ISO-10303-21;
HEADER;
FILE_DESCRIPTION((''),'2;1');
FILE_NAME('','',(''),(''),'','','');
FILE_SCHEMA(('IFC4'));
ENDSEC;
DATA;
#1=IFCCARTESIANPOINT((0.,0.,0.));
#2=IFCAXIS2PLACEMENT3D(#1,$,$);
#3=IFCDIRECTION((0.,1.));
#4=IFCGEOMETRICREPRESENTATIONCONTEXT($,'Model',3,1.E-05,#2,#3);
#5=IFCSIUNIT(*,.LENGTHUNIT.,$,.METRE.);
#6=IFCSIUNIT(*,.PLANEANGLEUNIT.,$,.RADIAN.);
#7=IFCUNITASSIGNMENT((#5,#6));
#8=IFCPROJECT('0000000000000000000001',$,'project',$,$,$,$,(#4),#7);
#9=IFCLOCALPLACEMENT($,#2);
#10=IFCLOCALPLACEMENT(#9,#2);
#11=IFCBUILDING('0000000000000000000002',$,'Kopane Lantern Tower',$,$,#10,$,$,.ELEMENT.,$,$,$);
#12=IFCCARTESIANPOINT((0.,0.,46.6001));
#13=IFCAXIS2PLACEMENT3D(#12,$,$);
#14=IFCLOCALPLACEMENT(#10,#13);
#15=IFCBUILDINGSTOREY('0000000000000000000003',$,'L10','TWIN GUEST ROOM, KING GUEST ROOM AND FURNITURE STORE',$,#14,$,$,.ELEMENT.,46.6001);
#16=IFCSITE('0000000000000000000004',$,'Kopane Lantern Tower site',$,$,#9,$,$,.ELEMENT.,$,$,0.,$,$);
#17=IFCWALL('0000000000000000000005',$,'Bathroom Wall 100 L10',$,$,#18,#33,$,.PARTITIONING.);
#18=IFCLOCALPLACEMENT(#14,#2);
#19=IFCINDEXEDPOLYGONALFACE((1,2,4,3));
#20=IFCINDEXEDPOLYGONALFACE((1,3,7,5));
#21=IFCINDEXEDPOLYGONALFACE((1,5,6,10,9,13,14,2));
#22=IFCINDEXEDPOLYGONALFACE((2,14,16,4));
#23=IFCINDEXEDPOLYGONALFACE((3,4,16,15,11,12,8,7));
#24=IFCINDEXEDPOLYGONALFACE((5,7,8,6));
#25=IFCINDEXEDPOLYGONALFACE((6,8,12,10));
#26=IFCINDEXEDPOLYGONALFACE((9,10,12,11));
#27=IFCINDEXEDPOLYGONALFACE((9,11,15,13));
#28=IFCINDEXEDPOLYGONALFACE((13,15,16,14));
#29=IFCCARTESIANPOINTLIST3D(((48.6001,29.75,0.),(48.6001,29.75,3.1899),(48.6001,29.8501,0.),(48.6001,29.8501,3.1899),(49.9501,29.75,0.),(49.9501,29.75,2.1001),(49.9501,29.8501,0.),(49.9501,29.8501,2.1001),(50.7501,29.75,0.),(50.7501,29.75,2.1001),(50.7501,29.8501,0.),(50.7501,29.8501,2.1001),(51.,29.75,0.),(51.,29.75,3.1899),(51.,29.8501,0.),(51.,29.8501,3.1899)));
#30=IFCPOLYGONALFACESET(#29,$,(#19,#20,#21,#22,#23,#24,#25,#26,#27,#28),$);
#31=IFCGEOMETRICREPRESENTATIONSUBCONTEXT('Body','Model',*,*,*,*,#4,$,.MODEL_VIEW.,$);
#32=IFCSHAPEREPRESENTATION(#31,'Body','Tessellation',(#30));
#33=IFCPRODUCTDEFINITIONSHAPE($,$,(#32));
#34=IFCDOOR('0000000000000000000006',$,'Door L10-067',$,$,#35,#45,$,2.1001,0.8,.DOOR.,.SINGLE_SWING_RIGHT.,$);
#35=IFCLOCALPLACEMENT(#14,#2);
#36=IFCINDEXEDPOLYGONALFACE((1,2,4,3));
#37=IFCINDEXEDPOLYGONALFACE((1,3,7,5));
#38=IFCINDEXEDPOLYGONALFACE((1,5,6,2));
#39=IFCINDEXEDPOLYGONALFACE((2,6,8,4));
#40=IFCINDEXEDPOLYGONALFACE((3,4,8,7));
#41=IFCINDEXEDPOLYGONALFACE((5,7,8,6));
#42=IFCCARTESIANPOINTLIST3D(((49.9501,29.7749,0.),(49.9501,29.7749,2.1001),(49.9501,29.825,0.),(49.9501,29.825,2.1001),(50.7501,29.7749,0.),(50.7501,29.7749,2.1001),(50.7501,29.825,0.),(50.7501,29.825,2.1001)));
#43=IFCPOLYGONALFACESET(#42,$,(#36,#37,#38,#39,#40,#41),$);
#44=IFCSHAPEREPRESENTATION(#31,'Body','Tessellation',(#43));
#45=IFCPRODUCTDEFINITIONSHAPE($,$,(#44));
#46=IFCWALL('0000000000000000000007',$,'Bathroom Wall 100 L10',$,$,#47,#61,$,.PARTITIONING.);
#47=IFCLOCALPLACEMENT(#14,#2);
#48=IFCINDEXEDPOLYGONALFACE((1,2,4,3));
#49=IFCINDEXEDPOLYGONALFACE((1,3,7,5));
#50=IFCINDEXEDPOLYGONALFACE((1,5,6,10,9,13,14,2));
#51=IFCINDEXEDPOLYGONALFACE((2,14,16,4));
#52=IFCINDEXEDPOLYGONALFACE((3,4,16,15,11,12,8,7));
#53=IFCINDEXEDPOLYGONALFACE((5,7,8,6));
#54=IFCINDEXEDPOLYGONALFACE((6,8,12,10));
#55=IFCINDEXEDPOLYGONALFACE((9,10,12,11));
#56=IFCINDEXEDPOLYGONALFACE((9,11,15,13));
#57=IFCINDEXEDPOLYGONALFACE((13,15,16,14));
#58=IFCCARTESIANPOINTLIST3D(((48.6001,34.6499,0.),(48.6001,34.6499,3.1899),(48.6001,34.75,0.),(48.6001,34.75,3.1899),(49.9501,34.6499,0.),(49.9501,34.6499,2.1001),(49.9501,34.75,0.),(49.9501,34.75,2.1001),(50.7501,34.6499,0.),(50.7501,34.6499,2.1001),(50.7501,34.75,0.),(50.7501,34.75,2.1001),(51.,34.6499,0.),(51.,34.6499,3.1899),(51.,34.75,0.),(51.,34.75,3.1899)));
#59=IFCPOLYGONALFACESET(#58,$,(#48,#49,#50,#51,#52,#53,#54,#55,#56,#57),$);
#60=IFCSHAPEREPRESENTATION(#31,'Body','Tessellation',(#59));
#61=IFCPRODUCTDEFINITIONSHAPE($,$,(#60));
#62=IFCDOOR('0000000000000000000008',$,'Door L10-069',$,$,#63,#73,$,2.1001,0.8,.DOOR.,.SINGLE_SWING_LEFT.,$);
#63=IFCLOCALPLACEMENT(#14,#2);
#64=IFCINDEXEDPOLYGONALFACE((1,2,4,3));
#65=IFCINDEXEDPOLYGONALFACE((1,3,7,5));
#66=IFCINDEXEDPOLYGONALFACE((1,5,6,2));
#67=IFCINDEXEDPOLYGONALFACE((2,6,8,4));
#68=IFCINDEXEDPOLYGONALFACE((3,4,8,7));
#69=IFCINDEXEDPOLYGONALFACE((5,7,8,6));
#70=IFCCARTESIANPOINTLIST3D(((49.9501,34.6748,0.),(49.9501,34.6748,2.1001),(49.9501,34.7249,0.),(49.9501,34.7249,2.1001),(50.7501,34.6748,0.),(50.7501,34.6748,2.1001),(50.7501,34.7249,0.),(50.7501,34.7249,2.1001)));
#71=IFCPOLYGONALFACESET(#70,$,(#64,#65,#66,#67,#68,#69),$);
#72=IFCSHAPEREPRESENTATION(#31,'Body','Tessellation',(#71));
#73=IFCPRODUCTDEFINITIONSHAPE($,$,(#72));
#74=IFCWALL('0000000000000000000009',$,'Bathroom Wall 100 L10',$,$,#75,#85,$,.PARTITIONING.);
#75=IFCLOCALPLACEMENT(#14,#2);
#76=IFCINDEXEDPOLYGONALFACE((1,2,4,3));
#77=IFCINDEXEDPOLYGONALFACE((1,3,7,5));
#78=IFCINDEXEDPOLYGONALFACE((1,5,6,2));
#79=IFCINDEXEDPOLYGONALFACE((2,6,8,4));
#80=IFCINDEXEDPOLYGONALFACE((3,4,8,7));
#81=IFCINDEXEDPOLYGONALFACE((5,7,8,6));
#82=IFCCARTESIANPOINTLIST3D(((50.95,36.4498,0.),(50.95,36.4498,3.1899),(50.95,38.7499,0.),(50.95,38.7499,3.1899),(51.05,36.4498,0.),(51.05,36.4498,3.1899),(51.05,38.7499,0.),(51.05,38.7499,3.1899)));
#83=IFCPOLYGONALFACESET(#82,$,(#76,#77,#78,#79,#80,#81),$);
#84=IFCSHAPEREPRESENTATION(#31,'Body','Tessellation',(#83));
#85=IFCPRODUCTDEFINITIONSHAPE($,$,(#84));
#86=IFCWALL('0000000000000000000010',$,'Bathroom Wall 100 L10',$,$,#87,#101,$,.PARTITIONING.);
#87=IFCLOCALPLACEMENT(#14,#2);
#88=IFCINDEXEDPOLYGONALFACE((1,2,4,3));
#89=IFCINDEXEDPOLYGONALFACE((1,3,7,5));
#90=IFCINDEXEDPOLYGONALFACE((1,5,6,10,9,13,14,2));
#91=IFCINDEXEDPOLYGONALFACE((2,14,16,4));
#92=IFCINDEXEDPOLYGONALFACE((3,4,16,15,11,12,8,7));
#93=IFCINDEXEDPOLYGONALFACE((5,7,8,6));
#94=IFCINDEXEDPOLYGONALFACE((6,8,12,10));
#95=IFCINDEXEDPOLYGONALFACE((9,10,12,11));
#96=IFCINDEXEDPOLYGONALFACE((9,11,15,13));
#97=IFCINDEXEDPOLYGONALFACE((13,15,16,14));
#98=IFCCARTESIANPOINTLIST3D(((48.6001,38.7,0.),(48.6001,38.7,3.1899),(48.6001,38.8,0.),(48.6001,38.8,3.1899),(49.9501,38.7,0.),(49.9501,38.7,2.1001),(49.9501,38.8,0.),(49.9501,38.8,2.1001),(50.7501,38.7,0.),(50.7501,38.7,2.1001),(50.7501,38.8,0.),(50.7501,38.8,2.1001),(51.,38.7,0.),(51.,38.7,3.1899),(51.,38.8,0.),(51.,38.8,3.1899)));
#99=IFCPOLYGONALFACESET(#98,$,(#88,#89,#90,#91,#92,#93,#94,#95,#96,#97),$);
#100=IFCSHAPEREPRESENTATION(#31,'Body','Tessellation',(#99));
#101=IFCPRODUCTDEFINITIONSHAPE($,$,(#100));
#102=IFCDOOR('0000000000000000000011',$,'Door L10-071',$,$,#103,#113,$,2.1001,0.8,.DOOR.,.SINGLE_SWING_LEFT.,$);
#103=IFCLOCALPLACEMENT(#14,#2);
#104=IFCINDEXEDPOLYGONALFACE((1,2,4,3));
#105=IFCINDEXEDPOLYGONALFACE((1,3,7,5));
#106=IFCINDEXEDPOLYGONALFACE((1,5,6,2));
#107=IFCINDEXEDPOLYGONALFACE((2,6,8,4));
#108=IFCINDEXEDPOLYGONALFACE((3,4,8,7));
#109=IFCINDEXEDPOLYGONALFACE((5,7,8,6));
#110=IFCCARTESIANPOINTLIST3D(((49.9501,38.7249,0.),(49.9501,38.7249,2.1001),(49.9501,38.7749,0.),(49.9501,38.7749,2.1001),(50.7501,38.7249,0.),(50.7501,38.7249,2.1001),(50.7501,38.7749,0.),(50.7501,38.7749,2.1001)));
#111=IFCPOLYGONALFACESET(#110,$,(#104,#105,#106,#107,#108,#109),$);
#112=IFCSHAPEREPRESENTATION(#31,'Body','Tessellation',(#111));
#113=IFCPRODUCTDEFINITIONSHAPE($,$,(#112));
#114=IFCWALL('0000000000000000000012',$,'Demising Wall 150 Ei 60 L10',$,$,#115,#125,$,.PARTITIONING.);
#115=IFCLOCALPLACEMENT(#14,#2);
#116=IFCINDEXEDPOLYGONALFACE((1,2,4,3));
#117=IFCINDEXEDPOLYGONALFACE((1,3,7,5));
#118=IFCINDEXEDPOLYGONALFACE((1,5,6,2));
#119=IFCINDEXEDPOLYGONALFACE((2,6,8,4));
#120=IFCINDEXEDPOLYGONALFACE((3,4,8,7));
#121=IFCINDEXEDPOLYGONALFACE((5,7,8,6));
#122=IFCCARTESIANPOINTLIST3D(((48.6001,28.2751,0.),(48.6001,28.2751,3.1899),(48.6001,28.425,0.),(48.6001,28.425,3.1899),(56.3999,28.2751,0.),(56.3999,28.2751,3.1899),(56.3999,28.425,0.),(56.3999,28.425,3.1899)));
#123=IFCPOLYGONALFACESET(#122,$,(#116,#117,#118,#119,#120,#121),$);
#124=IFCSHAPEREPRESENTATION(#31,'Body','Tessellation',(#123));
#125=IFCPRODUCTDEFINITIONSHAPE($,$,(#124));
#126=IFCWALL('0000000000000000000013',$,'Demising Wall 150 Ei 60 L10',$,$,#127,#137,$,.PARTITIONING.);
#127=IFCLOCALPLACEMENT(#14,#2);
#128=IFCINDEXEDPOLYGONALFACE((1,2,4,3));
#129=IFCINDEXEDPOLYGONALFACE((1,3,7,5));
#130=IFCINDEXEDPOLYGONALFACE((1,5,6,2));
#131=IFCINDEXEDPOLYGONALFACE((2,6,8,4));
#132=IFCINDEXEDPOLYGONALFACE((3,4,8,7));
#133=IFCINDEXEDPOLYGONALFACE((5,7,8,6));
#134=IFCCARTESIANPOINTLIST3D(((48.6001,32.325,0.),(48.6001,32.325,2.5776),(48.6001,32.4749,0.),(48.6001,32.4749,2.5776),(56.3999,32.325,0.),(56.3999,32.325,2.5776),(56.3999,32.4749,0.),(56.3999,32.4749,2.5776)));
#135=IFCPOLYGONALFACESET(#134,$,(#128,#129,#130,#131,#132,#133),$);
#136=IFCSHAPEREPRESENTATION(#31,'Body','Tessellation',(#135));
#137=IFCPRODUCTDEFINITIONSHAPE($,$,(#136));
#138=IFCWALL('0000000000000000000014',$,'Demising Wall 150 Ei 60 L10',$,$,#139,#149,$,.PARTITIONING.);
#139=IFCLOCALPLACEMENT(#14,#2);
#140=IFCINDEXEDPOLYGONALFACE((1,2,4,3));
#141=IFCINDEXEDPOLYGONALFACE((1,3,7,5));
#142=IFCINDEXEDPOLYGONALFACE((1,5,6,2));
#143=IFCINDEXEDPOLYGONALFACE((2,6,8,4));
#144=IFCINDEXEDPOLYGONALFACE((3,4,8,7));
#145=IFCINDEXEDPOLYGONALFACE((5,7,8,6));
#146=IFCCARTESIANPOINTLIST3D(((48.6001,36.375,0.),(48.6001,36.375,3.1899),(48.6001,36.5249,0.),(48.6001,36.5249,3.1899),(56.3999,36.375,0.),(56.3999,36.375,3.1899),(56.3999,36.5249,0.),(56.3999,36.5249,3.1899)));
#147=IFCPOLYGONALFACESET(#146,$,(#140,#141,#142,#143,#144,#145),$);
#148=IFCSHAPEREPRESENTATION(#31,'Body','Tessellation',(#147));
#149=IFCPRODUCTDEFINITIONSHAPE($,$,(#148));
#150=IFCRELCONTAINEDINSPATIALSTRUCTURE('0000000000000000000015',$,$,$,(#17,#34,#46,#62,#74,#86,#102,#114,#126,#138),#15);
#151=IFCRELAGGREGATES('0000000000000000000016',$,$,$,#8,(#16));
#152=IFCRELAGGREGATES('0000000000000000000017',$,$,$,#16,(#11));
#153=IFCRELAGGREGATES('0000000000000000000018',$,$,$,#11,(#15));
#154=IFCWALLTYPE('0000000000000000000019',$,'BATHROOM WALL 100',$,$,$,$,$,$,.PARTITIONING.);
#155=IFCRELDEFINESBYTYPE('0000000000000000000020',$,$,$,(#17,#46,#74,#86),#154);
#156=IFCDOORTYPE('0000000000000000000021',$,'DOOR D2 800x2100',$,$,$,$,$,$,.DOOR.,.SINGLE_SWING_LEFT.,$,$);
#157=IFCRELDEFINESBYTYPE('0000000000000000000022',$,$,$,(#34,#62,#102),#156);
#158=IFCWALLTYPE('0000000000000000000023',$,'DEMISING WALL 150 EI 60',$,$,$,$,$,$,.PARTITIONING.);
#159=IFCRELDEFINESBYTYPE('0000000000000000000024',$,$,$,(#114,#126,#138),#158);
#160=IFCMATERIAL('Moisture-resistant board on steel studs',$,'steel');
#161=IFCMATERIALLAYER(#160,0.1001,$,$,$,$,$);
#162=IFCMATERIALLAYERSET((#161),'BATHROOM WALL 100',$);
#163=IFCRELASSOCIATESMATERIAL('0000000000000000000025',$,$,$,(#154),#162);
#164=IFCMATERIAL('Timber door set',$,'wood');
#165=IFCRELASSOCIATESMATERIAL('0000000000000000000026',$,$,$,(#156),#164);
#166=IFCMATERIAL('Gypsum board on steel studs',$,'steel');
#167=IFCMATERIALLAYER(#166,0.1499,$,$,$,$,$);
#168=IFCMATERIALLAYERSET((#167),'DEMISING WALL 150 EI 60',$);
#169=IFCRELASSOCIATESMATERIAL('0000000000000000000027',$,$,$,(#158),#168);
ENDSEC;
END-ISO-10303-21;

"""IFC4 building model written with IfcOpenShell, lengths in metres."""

from ifc_helpers import new_model, si_unit, direction, frame, frame_2d, origin, place, context, subcontext, project, spatial, rectangle, extrude, material, layer, layer_set, type_object, element, fill, save


model = new_model("IFC4")

# Units and contexts
model_context = context("Model", 3, precision=1e-05, world=origin(), true_north=direction((0.0, 1.0)))
body_context = subcontext(model_context, "Body", "Model", "MODEL_VIEW")
ifc_project = project(units=[si_unit("LENGTHUNIT", "METRE"), si_unit("PLANEANGLEUNIT", "RADIAN")], contexts=[model_context])

# Site, building, storey
site_placement = place(None, origin())
site = spatial("IfcSite", under=ifc_project, at=site_placement, Name="Kopane Lantern Tower site", CompositionType="ELEMENT", RefElevation=0.0)
building_placement = place(site_placement, origin())
building = spatial("IfcBuilding", under=site, at=building_placement, Name="Kopane Lantern Tower", CompositionType="ELEMENT")
storey_placement = place(building_placement, frame((0.0, 0.0, 46.6001)))
storey = spatial("IfcBuildingStorey", under=building, at=storey_placement, Name="L10", Description="TWIN GUEST ROOM, KING GUEST ROOM AND FURNITURE STORE", CompositionType="ELEMENT", Elevation=46.6001)

# Shared definitions
ifc_material_1 = material(Name="Moisture-resistant board on steel studs", Category="steel")
ifc_layer_1 = layer(ifc_material_1, 0.1001)
ifc_layer_set_1 = layer_set([ifc_layer_1], Name="BATHROOM WALL 100")
wall_type_1 = type_object("IfcWallType", Name="BATHROOM WALL 100", PredefinedType="PARTITIONING", material=ifc_layer_set_1)
ifc_material_2 = material(Name="Timber door set", Category="wood")
door_type = type_object("IfcDoorType", Name="DOOR D2 800x2100", OperationType="SINGLE_SWING_LEFT", PredefinedType="DOOR", material=ifc_material_2)

# Walls, openings, doors
wall_1_placement = place(storey_placement, frame((48.6001, 29.8, 0.0), z_axis=(0.0, 0.0, 1.0), x_axis=(1.0, 0.0, 0.0)))
wall_1 = element("IfcWall", 1, at=wall_1_placement, inside=storey, type_object=wall_type_1, Name="Bathroom Wall 100 L10", PredefinedType="PARTITIONING", context=body_context, shape_type="SweptSolid", body=[
    extrude(rectangle(XDim=2.3999, YDim=0.1001, at=frame_2d((1.2, 0.0))), origin(), (0.0, 0.0, 1.0), 3.1899),
])
opening_1_placement = place(wall_1_placement, frame((1.3501, 0.0, 0.0)))
opening_1 = element("IfcOpeningElement", 2, at=opening_1_placement, cuts=wall_1, PredefinedType="OPENING", context=body_context, shape_type="SweptSolid", body=[
    extrude(rectangle(XDim=0.8, YDim=2.1001, at=frame_2d((0.3999, 1.05))), frame((0.0, 0.0601, 0.0), z_axis=(0.0, -1.0, 0.0), x_axis=(1.0, 0.0, 0.0)), (0.0, 0.0, 1.0), 0.1201),
])
door_1_placement = place(opening_1_placement, origin())
door_1 = element("IfcDoor", 3, at=door_1_placement, inside=storey, type_object=door_type, Name="Door L10-067", OperationType="SINGLE_SWING_RIGHT", OverallHeight=2.1001, OverallWidth=0.8, PredefinedType="DOOR", context=body_context, shape_type="SweptSolid", body=[
    extrude(rectangle(XDim=0.8, YDim=2.1001, at=frame_2d((0.3999, 1.05))), frame((0.0, 0.0249, 0.0), z_axis=(0.0, -1.0, 0.0), x_axis=(1.0, 0.0, 0.0)), (0.0, 0.0, 1.0), 0.05),
])
fill(opening_1, door_1)
wall_2_placement = place(storey_placement, frame((48.6001, 34.7, 0.0), z_axis=(0.0, 0.0, 1.0), x_axis=(1.0, 0.0, 0.0)))
wall_2 = element("IfcWall", 4, at=wall_2_placement, inside=storey, type_object=wall_type_1, Name="Bathroom Wall 100 L10", PredefinedType="PARTITIONING", context=body_context, shape_type="SweptSolid", body=[
    extrude(rectangle(XDim=2.3999, YDim=0.1001, at=frame_2d((1.2, 0.0))), origin(), (0.0, 0.0, 1.0), 3.1899),
])
opening_2_placement = place(wall_2_placement, frame((1.3501, 0.0, 0.0)))
opening_2 = element("IfcOpeningElement", 5, at=opening_2_placement, cuts=wall_2, PredefinedType="OPENING", context=body_context, shape_type="SweptSolid", body=[
    extrude(rectangle(XDim=0.8, YDim=2.1001, at=frame_2d((0.3999, 1.05))), frame((0.0, 0.0601, 0.0), z_axis=(0.0, -1.0, 0.0), x_axis=(1.0, 0.0, 0.0)), (0.0, 0.0, 1.0), 0.1201),
])
door_2_placement = place(opening_2_placement, origin())
door_2 = element("IfcDoor", 6, at=door_2_placement, inside=storey, type_object=door_type, Name="Door L10-069", OperationType="SINGLE_SWING_LEFT", OverallHeight=2.1001, OverallWidth=0.8, PredefinedType="DOOR", context=body_context, shape_type="SweptSolid", body=[
    extrude(rectangle(XDim=0.8, YDim=2.1001, at=frame_2d((0.3999, 1.05))), frame((0.0, 0.0249, 0.0), z_axis=(0.0, -1.0, 0.0), x_axis=(1.0, 0.0, 0.0)), (0.0, 0.0, 1.0), 0.05),
])
fill(opening_2, door_2)

# Wall
wall_3_placement = place(storey_placement, frame((51.0, 36.45, 0.0), z_axis=(0.0, 0.0, 1.0), x_axis=(0.0, 1.0, 0.0)))
element("IfcWall", 7, at=wall_3_placement, inside=storey, type_object=wall_type_1, Name="Bathroom Wall 100 L10", PredefinedType="PARTITIONING", context=body_context, shape_type="SweptSolid", body=[
    extrude(rectangle(XDim=2.3, YDim=0.1001, at=frame_2d((1.1499, 0.0))), origin(), (0.0, 0.0, 1.0), 3.1899),
])

# Wall, opening, door
wall_4_placement = place(storey_placement, frame((48.6001, 38.75, 0.0), z_axis=(0.0, 0.0, 1.0), x_axis=(1.0, 0.0, 0.0)))
wall_4 = element("IfcWall", 8, at=wall_4_placement, inside=storey, type_object=wall_type_1, Name="Bathroom Wall 100 L10", PredefinedType="PARTITIONING", context=body_context, shape_type="SweptSolid", body=[
    extrude(rectangle(XDim=2.3999, YDim=0.1001, at=frame_2d((1.2, 0.0))), origin(), (0.0, 0.0, 1.0), 3.1899),
])
opening_3_placement = place(wall_4_placement, frame((1.3501, 0.0, 0.0)))
opening_3 = element("IfcOpeningElement", 9, at=opening_3_placement, cuts=wall_4, PredefinedType="OPENING", context=body_context, shape_type="SweptSolid", body=[
    extrude(rectangle(XDim=0.8, YDim=2.1001, at=frame_2d((0.3999, 1.05))), frame((0.0, 0.0601, 0.0), z_axis=(0.0, -1.0, 0.0), x_axis=(1.0, 0.0, 0.0)), (0.0, 0.0, 1.0), 0.1201),
])
door_3_placement = place(opening_3_placement, origin())
door_3 = element("IfcDoor", 10, at=door_3_placement, inside=storey, type_object=door_type, Name="Door L10-071", OperationType="SINGLE_SWING_LEFT", OverallHeight=2.1001, OverallWidth=0.8, PredefinedType="DOOR", context=body_context, shape_type="SweptSolid", body=[
    extrude(rectangle(XDim=0.8, YDim=2.1001, at=frame_2d((0.3999, 1.05))), frame((0.0, 0.0249, 0.0), z_axis=(0.0, -1.0, 0.0), x_axis=(1.0, 0.0, 0.0)), (0.0, 0.0, 1.0), 0.05),
])
fill(opening_3, door_3)

# Walls
ifc_material_3 = material(Name="Gypsum board on steel studs", Category="steel")
ifc_layer_2 = layer(ifc_material_3, 0.1499)
ifc_layer_set_2 = layer_set([ifc_layer_2], Name="DEMISING WALL 150 EI 60")
wall_type_2 = type_object("IfcWallType", Name="DEMISING WALL 150 EI 60", PredefinedType="PARTITIONING", material=ifc_layer_set_2)
wall_5_placement = place(storey_placement, frame((48.6001, 28.3501, 0.0), z_axis=(0.0, 0.0, 1.0), x_axis=(1.0, 0.0, 0.0)))
element("IfcWall", 11, at=wall_5_placement, inside=storey, type_object=wall_type_2, Name="Demising Wall 150 Ei 60 L10", PredefinedType="PARTITIONING", context=body_context, shape_type="SweptSolid", body=[
    extrude(rectangle(XDim=7.7998, YDim=0.1499, at=frame_2d((3.8999, 0.0))), origin(), (0.0, 0.0, 1.0), 3.1899),
])
wall_6_placement = place(storey_placement, frame((48.6001, 32.3999, 0.0), z_axis=(0.0, 0.0, 1.0), x_axis=(1.0, 0.0, 0.0)))
element("IfcWall", 12, at=wall_6_placement, inside=storey, type_object=wall_type_2, Name="Demising Wall 150 Ei 60 L10", PredefinedType="PARTITIONING", context=body_context, shape_type="SweptSolid", body=[
    extrude(rectangle(XDim=7.7998, YDim=0.1499, at=frame_2d((3.8999, 0.0))), origin(), (0.0, 0.0, 1.0), 2.5776),
])
wall_7_placement = place(storey_placement, frame((48.6001, 36.45, 0.0), z_axis=(0.0, 0.0, 1.0), x_axis=(1.0, 0.0, 0.0)))
element("IfcWall", 13, at=wall_7_placement, inside=storey, type_object=wall_type_2, Name="Demising Wall 150 Ei 60 L10", PredefinedType="PARTITIONING", context=body_context, shape_type="SweptSolid", body=[
    extrude(rectangle(XDim=7.7998, YDim=0.1499, at=frame_2d((3.8999, 0.0))), origin(), (0.0, 0.0, 1.0), 3.1899),
])

save(model, "model.ifc")
